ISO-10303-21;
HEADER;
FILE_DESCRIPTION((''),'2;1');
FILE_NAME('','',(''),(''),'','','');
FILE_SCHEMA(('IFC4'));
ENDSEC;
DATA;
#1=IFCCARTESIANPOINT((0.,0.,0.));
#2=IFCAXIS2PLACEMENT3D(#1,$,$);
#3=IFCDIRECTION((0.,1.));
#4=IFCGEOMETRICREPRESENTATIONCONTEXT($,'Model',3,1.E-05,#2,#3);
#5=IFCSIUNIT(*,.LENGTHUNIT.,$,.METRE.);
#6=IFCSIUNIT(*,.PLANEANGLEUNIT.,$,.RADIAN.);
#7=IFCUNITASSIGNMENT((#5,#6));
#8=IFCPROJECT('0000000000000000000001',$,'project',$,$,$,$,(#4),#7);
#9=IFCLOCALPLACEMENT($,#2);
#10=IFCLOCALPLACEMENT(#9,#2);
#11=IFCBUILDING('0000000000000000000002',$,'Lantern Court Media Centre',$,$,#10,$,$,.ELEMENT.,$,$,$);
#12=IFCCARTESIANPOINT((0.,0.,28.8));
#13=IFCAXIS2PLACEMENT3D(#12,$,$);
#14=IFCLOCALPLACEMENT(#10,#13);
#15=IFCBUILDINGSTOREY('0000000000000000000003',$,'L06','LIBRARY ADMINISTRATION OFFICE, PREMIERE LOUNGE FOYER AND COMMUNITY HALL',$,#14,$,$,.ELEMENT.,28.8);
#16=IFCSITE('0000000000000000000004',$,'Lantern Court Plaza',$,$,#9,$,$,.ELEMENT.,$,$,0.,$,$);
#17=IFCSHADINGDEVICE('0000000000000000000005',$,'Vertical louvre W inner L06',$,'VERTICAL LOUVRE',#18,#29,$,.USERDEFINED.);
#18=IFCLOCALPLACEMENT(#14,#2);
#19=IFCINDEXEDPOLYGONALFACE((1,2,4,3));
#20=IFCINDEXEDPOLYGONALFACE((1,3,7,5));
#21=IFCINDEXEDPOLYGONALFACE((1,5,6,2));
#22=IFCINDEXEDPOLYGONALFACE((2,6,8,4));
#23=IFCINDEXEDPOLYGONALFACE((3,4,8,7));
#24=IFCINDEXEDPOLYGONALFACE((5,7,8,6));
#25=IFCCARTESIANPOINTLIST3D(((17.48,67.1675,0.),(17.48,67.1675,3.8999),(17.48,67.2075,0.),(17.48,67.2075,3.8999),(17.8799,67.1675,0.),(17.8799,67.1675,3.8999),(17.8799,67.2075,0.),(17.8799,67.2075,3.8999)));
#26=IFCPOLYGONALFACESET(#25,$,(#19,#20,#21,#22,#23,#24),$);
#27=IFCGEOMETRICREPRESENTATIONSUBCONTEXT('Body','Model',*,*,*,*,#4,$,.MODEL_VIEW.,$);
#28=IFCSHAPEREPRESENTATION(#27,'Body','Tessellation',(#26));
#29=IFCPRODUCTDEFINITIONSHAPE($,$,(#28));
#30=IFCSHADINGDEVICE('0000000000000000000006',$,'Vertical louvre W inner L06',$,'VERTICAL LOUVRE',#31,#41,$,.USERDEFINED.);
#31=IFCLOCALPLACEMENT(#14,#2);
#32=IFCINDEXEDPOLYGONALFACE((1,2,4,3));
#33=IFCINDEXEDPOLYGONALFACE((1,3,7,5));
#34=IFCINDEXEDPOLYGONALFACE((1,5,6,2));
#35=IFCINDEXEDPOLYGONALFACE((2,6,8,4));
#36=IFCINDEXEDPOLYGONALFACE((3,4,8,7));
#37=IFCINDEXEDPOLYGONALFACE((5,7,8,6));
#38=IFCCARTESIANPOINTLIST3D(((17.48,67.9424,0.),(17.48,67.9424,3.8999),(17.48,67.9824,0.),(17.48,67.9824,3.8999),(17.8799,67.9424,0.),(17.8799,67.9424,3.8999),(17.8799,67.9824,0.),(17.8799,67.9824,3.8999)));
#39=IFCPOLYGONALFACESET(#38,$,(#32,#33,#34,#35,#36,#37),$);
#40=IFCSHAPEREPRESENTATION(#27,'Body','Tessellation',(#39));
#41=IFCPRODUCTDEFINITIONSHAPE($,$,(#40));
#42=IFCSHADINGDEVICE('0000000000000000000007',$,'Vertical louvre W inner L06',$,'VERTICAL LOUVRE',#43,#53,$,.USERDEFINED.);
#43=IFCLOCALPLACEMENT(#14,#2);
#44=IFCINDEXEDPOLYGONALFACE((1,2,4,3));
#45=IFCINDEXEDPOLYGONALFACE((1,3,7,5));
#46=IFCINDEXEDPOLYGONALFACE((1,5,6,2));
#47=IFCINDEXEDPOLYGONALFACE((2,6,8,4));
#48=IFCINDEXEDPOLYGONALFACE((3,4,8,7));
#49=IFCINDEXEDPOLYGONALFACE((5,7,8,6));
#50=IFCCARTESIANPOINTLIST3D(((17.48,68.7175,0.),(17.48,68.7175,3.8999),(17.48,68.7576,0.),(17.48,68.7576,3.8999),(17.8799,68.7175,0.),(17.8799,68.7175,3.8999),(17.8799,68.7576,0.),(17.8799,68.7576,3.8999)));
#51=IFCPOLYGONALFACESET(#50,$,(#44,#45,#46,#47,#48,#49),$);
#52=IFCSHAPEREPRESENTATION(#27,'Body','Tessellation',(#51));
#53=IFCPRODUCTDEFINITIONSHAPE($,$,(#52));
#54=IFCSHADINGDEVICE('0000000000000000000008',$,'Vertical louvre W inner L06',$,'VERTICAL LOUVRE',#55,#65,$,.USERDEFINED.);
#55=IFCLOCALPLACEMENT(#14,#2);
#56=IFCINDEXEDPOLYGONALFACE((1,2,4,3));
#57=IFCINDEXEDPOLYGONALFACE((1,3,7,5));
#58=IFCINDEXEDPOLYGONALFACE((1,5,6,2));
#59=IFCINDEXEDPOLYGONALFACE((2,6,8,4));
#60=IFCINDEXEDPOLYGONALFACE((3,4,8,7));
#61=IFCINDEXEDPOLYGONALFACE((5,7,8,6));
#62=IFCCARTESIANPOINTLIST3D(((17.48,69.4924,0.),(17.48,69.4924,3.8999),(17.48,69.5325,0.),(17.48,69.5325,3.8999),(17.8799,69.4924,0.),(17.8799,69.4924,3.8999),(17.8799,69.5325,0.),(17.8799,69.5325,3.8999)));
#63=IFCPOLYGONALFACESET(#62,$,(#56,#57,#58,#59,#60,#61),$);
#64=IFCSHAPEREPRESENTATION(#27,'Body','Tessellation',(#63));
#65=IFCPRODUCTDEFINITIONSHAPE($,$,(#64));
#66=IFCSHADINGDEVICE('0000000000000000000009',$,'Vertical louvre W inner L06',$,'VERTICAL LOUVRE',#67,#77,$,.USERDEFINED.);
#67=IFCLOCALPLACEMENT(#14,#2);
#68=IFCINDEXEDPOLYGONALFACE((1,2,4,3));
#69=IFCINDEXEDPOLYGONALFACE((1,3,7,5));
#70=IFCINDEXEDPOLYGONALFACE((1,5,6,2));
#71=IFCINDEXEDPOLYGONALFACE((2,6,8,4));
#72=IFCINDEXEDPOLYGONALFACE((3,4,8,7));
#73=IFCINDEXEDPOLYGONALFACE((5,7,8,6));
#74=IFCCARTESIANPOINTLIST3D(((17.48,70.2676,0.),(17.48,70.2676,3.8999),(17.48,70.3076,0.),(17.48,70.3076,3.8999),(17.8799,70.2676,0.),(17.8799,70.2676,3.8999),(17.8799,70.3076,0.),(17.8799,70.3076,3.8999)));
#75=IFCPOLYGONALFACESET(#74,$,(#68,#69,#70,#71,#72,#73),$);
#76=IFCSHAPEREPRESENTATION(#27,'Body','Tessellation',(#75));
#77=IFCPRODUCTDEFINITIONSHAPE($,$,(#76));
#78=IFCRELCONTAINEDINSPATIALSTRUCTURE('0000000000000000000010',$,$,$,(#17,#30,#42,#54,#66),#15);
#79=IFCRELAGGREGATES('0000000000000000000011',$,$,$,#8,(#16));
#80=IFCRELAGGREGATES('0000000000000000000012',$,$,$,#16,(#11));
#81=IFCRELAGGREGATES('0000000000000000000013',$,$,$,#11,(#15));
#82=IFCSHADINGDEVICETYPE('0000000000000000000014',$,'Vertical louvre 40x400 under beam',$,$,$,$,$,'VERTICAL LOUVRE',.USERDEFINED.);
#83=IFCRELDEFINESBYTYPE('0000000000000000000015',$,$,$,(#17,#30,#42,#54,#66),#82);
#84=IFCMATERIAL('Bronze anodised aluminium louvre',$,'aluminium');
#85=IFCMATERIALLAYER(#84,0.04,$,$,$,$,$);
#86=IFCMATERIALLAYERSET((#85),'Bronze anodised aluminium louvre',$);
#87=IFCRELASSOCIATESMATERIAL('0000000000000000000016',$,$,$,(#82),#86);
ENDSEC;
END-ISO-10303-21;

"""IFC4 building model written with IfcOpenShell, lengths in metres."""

from ifc_helpers import new_model, si_unit, direction, frame, origin, origin_2d, place, context, subcontext, project, spatial, rectangle, extrude, material, layer, layer_set, type_object, element, save


model = new_model("IFC4")

# Units and contexts
model_context = context("Model", 3, precision=1e-05, world=origin(), true_north=direction((0.0, 1.0)))
body_context = subcontext(model_context, "Body", "Model", "MODEL_VIEW")
ifc_project = project(units=[si_unit("LENGTHUNIT", "METRE"), si_unit("PLANEANGLEUNIT", "RADIAN")], contexts=[model_context])

# Site, building, storey
site_placement = place(None, origin())
site = spatial("IfcSite", under=ifc_project, at=site_placement, Name="Lantern Court Plaza", CompositionType="ELEMENT", RefElevation=0.0)
building_placement = place(site_placement, origin())
building = spatial("IfcBuilding", under=site, at=building_placement, Name="Lantern Court Media Centre", CompositionType="ELEMENT")
storey_placement = place(building_placement, frame((0.0, 0.0, 28.8)))
storey = spatial("IfcBuildingStorey", under=building, at=storey_placement, Name="L06", Description="LIBRARY ADMINISTRATION OFFICE, PREMIERE LOUNGE FOYER AND COMMUNITY HALL", CompositionType="ELEMENT", Elevation=28.8)

# Shading devices
ifc_material_1 = material(Name="Bronze anodised aluminium louvre", Category="aluminium")
ifc_layer_1 = layer(ifc_material_1, 0.04)
ifc_layer_set_1 = layer_set([ifc_layer_1], Name="Bronze anodised aluminium louvre")
shading_device_type = type_object("IfcShadingDeviceType", Name="Vertical louvre 40x400 under beam", ElementType="VERTICAL LOUVRE", PredefinedType="USERDEFINED", material=ifc_layer_set_1)
for number, where, z_axis, x_axis, name in (
    (1, (17.6799, 67.1875, 0.0), (0.0, 0.0, 1.0), (1.0, 0.0, 0.0), "Vertical louvre W inner L06"),
    (2, (17.6799, 67.9624, 0.0), (0.0, 0.0, 1.0), (1.0, 0.0, 0.0), "Vertical louvre W inner L06"),
    (3, (17.6799, 68.7375, 0.0), (0.0, 0.0, 1.0), (1.0, 0.0, 0.0), "Vertical louvre W inner L06"),
    (4, (17.6799, 69.5125, 0.0), (0.0, 0.0, 1.0), (1.0, 0.0, 0.0), "Vertical louvre W inner L06"),
    (5, (17.6799, 70.2876, 0.0), (0.0, 0.0, 1.0), (1.0, 0.0, 0.0), "Vertical louvre W inner L06"),
):
    element("IfcShadingDevice", number, at=place(storey_placement, frame(where, z_axis=z_axis, x_axis=x_axis)), inside=storey, type_object=shading_device_type, Name=name, ObjectType="VERTICAL LOUVRE", PredefinedType="USERDEFINED", context=body_context, shape_type="SweptSolid", body=[
        extrude(rectangle(XDim=0.3999, YDim=0.04, at=origin_2d()), origin(), (0.0, 0.0, 1.0), 3.8999),
    ])

save(model, "model.ifc")
